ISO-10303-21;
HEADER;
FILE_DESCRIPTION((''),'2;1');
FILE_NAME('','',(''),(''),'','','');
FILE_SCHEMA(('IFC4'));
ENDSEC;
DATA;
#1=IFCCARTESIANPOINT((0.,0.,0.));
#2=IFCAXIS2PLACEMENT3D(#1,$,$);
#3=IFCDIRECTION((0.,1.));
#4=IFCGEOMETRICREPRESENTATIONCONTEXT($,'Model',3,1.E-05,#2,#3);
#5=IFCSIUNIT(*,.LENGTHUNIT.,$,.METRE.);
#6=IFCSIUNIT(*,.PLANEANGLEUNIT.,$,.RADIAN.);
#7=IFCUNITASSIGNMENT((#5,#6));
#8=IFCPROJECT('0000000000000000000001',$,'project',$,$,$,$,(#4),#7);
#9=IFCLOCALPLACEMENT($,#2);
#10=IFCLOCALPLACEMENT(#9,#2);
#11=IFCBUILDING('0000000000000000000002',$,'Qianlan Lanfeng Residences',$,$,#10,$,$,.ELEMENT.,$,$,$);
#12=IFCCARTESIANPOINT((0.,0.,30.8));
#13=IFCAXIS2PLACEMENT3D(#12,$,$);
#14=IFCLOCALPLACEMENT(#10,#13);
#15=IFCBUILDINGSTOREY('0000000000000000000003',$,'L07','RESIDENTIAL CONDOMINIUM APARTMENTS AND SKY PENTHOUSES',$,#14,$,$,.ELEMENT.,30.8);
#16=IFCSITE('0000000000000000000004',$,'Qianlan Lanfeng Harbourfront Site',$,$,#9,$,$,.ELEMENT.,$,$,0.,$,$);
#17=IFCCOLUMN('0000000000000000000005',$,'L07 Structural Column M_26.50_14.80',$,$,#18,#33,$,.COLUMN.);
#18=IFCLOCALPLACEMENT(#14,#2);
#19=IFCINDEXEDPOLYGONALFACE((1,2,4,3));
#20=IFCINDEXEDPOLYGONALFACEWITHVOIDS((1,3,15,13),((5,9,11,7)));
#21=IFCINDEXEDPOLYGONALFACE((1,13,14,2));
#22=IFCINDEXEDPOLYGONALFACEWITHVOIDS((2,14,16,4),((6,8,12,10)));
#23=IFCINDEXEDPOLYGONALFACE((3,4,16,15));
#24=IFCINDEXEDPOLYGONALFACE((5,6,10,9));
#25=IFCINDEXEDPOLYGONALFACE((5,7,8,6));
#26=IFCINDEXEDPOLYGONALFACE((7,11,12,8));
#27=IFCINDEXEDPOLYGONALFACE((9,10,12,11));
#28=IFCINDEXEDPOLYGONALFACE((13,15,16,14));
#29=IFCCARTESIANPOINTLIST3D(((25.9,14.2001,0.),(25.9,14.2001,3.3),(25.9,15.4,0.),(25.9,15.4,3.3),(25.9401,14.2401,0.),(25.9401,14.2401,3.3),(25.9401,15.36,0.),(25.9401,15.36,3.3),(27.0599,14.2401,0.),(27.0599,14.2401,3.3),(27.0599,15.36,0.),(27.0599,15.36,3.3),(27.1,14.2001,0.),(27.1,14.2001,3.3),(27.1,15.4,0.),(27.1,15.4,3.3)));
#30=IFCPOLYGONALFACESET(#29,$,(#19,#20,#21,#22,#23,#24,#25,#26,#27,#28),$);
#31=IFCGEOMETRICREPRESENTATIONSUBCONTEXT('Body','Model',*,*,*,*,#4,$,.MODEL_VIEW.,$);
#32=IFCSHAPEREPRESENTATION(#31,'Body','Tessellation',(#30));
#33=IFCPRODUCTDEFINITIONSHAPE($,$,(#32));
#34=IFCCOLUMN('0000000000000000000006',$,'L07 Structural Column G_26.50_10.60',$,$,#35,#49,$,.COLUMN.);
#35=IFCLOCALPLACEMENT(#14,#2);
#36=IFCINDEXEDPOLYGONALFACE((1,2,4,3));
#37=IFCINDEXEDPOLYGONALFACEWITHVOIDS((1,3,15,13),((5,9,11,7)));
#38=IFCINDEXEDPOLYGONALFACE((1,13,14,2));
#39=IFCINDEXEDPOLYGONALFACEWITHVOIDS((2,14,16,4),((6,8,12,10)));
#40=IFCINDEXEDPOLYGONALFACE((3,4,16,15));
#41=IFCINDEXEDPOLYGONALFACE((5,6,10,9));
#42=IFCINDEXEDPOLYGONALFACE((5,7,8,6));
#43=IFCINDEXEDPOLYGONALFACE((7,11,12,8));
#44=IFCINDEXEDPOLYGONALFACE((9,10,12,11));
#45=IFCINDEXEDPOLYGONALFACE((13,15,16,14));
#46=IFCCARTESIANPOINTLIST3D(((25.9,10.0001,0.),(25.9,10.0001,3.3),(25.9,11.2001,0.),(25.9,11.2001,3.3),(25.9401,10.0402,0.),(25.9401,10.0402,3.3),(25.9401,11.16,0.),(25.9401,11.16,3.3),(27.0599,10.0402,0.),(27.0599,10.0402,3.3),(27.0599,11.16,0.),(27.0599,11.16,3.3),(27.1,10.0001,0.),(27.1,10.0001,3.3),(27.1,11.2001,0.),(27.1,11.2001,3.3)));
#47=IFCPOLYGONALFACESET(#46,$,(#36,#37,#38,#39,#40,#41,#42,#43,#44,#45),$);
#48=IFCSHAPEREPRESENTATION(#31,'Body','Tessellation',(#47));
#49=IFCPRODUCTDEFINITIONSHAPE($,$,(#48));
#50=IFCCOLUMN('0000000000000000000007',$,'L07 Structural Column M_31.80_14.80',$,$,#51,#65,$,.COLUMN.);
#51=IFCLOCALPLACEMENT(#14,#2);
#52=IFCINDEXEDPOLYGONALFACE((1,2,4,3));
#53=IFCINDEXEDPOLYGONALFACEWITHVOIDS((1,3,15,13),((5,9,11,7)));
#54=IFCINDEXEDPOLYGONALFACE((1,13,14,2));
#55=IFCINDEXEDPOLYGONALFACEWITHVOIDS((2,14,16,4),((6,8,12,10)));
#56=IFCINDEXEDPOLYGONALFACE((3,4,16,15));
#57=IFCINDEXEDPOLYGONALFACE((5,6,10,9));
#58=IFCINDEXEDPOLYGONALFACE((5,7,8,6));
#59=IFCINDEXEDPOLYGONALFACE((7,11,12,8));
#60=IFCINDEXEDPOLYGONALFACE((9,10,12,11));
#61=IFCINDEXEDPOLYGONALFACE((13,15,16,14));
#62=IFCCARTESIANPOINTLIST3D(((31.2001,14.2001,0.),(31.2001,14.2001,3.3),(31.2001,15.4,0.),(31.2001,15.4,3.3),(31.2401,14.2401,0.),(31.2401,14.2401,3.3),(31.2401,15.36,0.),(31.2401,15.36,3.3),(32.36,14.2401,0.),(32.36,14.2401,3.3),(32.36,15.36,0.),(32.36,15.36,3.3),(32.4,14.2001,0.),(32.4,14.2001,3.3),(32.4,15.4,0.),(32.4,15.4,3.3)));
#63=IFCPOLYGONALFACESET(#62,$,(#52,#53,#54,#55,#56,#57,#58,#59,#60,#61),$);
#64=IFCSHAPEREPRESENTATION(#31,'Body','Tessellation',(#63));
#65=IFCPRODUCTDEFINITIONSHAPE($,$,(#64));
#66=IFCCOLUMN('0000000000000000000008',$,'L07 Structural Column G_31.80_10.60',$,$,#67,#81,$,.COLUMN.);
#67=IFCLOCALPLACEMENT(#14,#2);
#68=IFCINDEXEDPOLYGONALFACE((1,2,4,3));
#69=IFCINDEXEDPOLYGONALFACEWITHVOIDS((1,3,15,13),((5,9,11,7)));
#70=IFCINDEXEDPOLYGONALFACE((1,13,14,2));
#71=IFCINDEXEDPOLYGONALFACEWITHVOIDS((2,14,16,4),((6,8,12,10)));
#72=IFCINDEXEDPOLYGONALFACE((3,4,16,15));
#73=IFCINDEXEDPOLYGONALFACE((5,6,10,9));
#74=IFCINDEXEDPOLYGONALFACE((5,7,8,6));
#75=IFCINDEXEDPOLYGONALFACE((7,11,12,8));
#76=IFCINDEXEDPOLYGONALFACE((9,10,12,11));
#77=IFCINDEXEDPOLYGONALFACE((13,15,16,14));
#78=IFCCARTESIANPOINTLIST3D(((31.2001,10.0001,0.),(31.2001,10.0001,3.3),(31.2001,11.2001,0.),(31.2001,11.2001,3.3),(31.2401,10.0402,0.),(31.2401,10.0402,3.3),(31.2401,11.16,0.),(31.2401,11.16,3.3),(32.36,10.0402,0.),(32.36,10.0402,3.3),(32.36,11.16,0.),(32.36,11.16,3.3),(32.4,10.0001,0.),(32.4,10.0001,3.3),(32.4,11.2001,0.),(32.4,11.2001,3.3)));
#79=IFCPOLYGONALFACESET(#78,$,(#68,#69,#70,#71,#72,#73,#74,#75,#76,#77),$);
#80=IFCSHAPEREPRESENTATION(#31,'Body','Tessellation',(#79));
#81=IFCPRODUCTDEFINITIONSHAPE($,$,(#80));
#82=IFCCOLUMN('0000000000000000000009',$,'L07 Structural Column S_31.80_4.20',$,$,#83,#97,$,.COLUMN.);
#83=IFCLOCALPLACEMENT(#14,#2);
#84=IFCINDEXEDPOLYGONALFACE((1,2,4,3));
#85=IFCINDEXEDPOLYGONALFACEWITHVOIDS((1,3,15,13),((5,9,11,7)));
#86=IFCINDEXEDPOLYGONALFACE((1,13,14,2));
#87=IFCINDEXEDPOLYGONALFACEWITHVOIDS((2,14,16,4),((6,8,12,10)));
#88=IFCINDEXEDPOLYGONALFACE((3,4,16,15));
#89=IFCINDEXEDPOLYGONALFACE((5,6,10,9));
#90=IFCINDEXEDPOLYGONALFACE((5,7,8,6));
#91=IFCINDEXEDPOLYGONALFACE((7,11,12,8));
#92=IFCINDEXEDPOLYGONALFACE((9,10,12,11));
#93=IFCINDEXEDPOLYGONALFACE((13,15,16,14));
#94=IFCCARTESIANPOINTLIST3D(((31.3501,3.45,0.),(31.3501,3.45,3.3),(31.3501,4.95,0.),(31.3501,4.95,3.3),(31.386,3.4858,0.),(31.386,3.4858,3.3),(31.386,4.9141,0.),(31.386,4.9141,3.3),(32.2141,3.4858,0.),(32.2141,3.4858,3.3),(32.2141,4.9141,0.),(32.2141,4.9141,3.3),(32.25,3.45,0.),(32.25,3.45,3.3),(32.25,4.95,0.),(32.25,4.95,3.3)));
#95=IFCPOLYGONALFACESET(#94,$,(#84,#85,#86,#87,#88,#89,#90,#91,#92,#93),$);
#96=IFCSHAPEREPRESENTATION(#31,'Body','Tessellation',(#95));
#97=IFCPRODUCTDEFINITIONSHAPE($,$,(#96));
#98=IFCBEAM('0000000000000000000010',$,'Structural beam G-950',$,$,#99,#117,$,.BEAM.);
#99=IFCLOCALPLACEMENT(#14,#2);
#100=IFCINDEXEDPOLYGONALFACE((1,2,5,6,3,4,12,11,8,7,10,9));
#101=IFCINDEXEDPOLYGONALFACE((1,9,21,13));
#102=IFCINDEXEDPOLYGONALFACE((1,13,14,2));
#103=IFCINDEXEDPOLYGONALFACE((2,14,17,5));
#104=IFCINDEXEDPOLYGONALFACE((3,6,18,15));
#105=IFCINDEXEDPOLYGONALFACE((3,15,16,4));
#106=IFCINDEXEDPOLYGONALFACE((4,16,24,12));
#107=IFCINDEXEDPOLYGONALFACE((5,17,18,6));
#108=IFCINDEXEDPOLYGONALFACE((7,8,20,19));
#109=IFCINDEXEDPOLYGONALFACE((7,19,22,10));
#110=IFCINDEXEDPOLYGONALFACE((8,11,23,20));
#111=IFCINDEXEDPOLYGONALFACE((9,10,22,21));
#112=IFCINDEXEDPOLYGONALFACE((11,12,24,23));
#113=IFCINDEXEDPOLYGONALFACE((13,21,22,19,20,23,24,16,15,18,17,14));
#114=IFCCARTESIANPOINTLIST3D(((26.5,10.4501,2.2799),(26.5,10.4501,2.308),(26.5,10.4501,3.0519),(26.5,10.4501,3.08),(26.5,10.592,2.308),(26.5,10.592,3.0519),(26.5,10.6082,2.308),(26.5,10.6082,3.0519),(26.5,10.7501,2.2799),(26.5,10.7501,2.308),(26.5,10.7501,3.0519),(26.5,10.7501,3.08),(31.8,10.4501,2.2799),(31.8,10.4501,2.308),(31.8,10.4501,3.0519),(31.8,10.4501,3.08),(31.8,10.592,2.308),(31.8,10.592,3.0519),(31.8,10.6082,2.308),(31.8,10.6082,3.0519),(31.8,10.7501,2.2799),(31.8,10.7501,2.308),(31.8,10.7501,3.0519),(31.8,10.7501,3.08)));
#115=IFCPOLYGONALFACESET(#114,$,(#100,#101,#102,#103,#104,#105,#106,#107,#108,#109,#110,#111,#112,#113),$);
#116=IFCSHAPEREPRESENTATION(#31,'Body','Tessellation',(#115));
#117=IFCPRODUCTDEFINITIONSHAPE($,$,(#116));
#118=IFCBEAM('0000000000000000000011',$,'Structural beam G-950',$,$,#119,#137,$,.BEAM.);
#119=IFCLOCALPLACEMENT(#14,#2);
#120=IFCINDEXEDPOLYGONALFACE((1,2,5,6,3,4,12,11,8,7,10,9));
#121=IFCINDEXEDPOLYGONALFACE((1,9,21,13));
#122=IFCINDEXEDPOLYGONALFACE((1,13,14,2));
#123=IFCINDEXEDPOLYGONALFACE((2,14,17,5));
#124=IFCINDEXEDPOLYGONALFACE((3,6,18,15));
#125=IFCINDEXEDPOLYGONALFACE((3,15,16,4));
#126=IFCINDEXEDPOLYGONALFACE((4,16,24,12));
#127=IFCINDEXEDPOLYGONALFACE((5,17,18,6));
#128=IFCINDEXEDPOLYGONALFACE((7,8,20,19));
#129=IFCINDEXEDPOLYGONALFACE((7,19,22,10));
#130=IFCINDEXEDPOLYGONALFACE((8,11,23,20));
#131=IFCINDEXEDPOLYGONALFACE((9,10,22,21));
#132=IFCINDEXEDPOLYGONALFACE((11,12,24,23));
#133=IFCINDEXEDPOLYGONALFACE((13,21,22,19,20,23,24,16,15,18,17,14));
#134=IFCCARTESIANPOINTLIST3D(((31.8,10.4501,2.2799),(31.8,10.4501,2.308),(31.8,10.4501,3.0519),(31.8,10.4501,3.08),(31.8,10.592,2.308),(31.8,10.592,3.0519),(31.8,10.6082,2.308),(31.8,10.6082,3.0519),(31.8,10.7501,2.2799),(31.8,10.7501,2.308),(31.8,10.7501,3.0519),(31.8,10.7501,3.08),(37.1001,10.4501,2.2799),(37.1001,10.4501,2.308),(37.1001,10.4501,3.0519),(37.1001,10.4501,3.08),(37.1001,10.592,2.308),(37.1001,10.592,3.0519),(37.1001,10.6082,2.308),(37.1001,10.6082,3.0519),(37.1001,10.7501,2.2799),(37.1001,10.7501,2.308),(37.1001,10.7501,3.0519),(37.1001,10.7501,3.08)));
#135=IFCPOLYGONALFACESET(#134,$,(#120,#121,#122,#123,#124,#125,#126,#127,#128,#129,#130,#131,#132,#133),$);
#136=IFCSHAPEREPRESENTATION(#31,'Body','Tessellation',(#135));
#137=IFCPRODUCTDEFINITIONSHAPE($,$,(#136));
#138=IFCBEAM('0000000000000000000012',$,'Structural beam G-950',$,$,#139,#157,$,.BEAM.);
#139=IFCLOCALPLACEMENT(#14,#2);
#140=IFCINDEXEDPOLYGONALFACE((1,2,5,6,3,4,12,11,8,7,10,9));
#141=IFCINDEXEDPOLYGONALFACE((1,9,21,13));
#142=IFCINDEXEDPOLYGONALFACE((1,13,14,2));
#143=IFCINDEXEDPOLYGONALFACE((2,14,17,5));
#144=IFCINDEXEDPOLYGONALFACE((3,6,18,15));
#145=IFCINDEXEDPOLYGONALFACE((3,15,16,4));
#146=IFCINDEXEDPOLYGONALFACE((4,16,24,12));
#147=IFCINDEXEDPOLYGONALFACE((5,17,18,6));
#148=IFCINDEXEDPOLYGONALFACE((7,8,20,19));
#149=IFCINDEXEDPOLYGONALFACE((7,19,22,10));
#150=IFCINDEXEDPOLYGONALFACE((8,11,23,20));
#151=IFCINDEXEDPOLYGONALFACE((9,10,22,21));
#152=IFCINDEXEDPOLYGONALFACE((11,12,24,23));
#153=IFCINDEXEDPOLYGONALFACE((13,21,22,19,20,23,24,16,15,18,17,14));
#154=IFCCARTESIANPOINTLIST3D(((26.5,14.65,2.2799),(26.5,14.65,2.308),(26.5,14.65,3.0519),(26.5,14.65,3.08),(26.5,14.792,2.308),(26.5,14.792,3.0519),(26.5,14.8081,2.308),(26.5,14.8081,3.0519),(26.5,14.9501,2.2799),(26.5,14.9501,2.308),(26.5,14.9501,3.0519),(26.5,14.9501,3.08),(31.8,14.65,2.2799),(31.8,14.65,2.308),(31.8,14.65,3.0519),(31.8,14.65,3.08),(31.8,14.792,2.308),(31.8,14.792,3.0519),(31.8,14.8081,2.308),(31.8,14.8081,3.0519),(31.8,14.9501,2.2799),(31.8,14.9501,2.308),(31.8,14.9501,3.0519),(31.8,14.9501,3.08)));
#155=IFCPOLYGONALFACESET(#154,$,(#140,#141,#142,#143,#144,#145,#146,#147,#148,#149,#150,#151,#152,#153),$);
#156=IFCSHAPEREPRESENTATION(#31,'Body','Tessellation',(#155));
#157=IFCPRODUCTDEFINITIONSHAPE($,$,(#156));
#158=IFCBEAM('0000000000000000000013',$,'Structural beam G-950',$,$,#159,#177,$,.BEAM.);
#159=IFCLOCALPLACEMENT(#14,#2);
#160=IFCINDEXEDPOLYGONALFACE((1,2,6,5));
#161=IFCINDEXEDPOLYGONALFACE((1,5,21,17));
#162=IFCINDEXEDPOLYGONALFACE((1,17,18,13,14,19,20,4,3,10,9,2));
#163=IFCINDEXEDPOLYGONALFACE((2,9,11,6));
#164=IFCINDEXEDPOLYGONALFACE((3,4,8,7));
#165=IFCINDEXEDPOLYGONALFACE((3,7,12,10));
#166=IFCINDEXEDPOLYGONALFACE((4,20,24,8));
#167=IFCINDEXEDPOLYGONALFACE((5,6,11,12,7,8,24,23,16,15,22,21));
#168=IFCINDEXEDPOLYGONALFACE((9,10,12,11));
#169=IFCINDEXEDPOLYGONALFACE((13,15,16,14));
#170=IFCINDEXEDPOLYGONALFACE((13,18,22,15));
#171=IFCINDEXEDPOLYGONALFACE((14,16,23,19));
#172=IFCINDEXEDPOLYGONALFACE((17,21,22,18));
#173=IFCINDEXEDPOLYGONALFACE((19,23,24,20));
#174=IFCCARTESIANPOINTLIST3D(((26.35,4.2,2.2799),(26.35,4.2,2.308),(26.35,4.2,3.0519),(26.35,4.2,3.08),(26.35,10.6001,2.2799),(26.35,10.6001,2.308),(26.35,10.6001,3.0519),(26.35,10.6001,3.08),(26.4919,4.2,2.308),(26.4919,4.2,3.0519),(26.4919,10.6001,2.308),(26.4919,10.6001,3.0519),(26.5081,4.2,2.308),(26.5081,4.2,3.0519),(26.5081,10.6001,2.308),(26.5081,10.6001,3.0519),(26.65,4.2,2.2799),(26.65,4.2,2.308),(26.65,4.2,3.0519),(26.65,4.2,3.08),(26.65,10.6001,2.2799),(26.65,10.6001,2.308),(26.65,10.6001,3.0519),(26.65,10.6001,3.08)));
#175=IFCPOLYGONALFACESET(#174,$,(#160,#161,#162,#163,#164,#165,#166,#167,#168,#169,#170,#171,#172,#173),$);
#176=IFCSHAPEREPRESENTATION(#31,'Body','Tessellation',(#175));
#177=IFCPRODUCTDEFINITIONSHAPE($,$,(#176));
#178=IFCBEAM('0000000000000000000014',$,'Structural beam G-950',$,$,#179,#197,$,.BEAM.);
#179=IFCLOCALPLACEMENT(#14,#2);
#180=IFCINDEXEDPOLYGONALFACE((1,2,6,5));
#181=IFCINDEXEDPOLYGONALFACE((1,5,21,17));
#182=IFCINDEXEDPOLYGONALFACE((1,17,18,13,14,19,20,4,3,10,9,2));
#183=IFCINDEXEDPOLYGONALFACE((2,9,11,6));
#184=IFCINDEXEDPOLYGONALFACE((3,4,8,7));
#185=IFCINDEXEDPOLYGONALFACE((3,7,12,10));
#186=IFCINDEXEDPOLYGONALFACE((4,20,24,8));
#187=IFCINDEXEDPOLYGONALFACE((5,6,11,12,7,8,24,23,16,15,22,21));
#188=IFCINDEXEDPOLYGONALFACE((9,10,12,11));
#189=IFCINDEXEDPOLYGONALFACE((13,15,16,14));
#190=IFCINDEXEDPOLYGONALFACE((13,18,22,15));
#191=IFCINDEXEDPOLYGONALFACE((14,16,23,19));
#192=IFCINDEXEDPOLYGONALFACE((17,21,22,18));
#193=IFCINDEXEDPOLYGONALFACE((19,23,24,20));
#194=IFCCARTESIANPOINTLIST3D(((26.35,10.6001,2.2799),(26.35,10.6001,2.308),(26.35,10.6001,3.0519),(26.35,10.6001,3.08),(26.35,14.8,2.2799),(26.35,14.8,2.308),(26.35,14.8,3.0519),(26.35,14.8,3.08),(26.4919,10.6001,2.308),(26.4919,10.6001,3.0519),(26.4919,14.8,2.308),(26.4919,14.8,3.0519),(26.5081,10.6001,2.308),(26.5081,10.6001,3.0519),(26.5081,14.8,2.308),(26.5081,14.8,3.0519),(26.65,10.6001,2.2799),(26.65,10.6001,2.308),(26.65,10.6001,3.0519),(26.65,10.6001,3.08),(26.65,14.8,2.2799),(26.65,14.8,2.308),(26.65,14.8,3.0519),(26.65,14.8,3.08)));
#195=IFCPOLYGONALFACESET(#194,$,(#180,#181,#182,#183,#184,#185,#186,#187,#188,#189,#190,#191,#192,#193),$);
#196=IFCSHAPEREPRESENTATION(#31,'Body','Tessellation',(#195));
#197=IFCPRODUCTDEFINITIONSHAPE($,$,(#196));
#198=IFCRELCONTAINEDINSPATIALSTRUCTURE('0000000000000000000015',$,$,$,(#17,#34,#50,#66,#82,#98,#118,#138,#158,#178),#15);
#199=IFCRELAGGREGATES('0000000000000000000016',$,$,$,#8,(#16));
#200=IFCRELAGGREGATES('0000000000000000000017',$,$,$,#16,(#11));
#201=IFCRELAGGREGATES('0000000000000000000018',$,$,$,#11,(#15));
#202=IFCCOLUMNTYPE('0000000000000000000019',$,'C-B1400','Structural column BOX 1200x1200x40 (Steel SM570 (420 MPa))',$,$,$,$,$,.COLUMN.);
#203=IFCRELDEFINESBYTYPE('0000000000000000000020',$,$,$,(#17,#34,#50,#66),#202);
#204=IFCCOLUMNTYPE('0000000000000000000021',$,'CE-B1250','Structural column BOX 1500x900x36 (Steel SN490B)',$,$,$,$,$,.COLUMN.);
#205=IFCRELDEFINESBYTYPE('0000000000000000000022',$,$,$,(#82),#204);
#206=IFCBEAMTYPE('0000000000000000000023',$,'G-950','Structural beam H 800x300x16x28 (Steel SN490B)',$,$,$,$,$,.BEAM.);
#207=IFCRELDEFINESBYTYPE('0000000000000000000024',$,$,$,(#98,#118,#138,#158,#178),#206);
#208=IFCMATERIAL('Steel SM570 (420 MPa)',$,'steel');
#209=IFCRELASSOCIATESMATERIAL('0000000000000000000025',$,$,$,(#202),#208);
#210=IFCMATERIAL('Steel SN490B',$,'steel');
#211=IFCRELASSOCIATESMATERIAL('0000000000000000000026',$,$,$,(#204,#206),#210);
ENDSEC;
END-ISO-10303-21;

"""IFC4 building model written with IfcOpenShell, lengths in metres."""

from ifc_helpers import new_model, si_unit, direction, frame, origin, origin_2d, place, context, subcontext, project, spatial, hollow_rectangle, i_section, extrude, material, material_profile, profile_set, type_object, element, save


model = new_model("IFC4")

# Units and contexts
model_context = context("Model", 3, precision=1e-05, world=origin(), true_north=direction((0.0, 1.0)))
body_context = subcontext(model_context, "Body", "Model", "MODEL_VIEW")
ifc_project = project(units=[si_unit("LENGTHUNIT", "METRE"), si_unit("PLANEANGLEUNIT", "RADIAN")], contexts=[model_context])

# Site, building, storey
site_placement = place(None, origin())
site = spatial("IfcSite", under=ifc_project, at=site_placement, Name="Qianlan Lanfeng Harbourfront Site", CompositionType="ELEMENT", RefElevation=0.0)
building_placement = place(site_placement, origin())
building = spatial("IfcBuilding", under=site, at=building_placement, Name="Qianlan Lanfeng Residences", CompositionType="ELEMENT")
storey_placement = place(building_placement, frame((0.0, 0.0, 30.8)))
storey = spatial("IfcBuildingStorey", under=building, at=storey_placement, Name="L07", Description="RESIDENTIAL CONDOMINIUM APARTMENTS AND SKY PENTHOUSES", CompositionType="ELEMENT", Elevation=30.8)

# Columns
ifc_material_1 = material(Name="Steel SM570 (420 MPa)", Category="steel")
ifc_material_profile_1 = material_profile(ifc_material_1, hollow_rectangle(XDim=1.2, YDim=1.2, WallThickness=0.04, at=origin_2d()), Name="BOX 1200x1200x40")
ifc_profile_set_1 = profile_set([ifc_material_profile_1], Name="Steel SM570 (420 MPa)")
column_type_1 = type_object("IfcColumnType", Name="C-B1400", Description="Structural column BOX 1200x1200x40 (Steel SM570 (420 MPa))", PredefinedType="COLUMN", material=ifc_profile_set_1)
for number, where, z_axis, x_axis, name in (
    (1, (26.5, 14.8, 0.0), (0.0, 0.0, 1.0), (1.0, 0.0, 0.0), "L07 Structural Column M_26.50_14.80"),
    (2, (26.5, 10.6001, 0.0), (0.0, 0.0, 1.0), (1.0, 0.0, 0.0), "L07 Structural Column G_26.50_10.60"),
    (3, (31.8, 14.8, 0.0), (0.0, 0.0, 1.0), (1.0, 0.0, 0.0), "L07 Structural Column M_31.80_14.80"),
    (4, (31.8, 10.6001, 0.0), (0.0, 0.0, 1.0), (1.0, 0.0, 0.0), "L07 Structural Column G_31.80_10.60"),
):
    element("IfcColumn", number, at=place(storey_placement, frame(where, z_axis=z_axis, x_axis=x_axis)), inside=storey, type_object=column_type_1, Name=name, PredefinedType="COLUMN", context=body_context, shape_type="SweptSolid", body=[
        extrude(hollow_rectangle(XDim=1.2, YDim=1.2, WallThickness=0.04, at=origin_2d()), origin(), (0.0, 0.0, 1.0), 3.3),
    ])
ifc_material_2 = material(Name="Steel SN490B", Category="steel")
ifc_material_profile_2 = material_profile(ifc_material_2, hollow_rectangle(XDim=0.8999, YDim=1.5, WallThickness=0.0359, at=origin_2d()), Name="BOX 1500x900x36")
ifc_profile_set_2 = profile_set([ifc_material_profile_2], Name="Steel SN490B")
column_type_2 = type_object("IfcColumnType", Name="CE-B1250", Description="Structural column BOX 1500x900x36 (Steel SN490B)", PredefinedType="COLUMN", material=ifc_profile_set_2)
column_placement = place(storey_placement, frame((31.8, 4.2, 0.0), z_axis=(0.0, 0.0, 1.0), x_axis=(1.0, 0.0, 0.0)))
element("IfcColumn", 5, at=column_placement, inside=storey, type_object=column_type_2, Name="L07 Structural Column S_31.80_4.20", PredefinedType="COLUMN", context=body_context, shape_type="SweptSolid", body=[
    extrude(hollow_rectangle(XDim=0.8999, YDim=1.5, WallThickness=0.0359, at=origin_2d()), origin(), (0.0, 0.0, 1.0), 3.3),
])

# Beams
ifc_material_profile_3 = material_profile(ifc_material_2, i_section(OverallWidth=0.3, OverallDepth=0.8, WebThickness=0.0161, FlangeThickness=0.0281, at=origin_2d()), Name="H 800x300x16x28")
ifc_profile_set_3 = profile_set([ifc_material_profile_3], Name="Steel SN490B")
beam_type_1 = type_object("IfcBeamType", Name="G-950", Description="Structural beam H 800x300x16x28 (Steel SN490B)", PredefinedType="BEAM", material=ifc_profile_set_3)
for number, where, z_axis, x_axis, name in (
    (6, (26.5, 10.6001, 2.6799), (1.0, 0.0, 0.0), (0.0, 1.0, 0.0), "Structural beam G-950"),
    (7, (31.8, 10.6001, 2.6799), (1.0, 0.0, 0.0), (0.0, 1.0, 0.0), "Structural beam G-950"),
    (8, (26.5, 14.8, 2.6799), (1.0, 0.0, 0.0), (0.0, 1.0, 0.0), "Structural beam G-950"),
):
    element("IfcBeam", number, at=place(storey_placement, frame(where, z_axis=z_axis, x_axis=x_axis)), inside=storey, type_object=beam_type_1, Name=name, PredefinedType="BEAM", context=body_context, shape_type="SweptSolid", body=[
        extrude(i_section(OverallWidth=0.3, OverallDepth=0.8, WebThickness=0.0161, FlangeThickness=0.0281, at=origin_2d()), origin(), (0.0, 0.0, 1.0), 5.3),
    ])
beam_1_placement = place(storey_placement, frame((26.5, 4.2, 2.6799), z_axis=(0.0, 1.0, 0.0), x_axis=(-1.0, 0.0, 0.0)))
element("IfcBeam", 9, at=beam_1_placement, inside=storey, type_object=beam_type_1, Name="Structural beam G-950", PredefinedType="BEAM", context=body_context, shape_type="SweptSolid", body=[
    extrude(i_section(OverallWidth=0.3, OverallDepth=0.8, WebThickness=0.0161, FlangeThickness=0.0281, at=origin_2d()), origin(), (0.0, 0.0, 1.0), 6.4001),
])
beam_2_placement = place(storey_placement, frame((26.5, 10.6001, 2.6799), z_axis=(0.0, 1.0, 0.0), x_axis=(-1.0, 0.0, 0.0)))
element("IfcBeam", 10, at=beam_2_placement, inside=storey, type_object=beam_type_1, Name="Structural beam G-950", PredefinedType="BEAM", context=body_context, shape_type="SweptSolid", body=[
    extrude(i_section(OverallWidth=0.3, OverallDepth=0.8, WebThickness=0.0161, FlangeThickness=0.0281, at=origin_2d()), origin(), (0.0, 0.0, 1.0), 4.2),
])

save(model, "model.ifc")
